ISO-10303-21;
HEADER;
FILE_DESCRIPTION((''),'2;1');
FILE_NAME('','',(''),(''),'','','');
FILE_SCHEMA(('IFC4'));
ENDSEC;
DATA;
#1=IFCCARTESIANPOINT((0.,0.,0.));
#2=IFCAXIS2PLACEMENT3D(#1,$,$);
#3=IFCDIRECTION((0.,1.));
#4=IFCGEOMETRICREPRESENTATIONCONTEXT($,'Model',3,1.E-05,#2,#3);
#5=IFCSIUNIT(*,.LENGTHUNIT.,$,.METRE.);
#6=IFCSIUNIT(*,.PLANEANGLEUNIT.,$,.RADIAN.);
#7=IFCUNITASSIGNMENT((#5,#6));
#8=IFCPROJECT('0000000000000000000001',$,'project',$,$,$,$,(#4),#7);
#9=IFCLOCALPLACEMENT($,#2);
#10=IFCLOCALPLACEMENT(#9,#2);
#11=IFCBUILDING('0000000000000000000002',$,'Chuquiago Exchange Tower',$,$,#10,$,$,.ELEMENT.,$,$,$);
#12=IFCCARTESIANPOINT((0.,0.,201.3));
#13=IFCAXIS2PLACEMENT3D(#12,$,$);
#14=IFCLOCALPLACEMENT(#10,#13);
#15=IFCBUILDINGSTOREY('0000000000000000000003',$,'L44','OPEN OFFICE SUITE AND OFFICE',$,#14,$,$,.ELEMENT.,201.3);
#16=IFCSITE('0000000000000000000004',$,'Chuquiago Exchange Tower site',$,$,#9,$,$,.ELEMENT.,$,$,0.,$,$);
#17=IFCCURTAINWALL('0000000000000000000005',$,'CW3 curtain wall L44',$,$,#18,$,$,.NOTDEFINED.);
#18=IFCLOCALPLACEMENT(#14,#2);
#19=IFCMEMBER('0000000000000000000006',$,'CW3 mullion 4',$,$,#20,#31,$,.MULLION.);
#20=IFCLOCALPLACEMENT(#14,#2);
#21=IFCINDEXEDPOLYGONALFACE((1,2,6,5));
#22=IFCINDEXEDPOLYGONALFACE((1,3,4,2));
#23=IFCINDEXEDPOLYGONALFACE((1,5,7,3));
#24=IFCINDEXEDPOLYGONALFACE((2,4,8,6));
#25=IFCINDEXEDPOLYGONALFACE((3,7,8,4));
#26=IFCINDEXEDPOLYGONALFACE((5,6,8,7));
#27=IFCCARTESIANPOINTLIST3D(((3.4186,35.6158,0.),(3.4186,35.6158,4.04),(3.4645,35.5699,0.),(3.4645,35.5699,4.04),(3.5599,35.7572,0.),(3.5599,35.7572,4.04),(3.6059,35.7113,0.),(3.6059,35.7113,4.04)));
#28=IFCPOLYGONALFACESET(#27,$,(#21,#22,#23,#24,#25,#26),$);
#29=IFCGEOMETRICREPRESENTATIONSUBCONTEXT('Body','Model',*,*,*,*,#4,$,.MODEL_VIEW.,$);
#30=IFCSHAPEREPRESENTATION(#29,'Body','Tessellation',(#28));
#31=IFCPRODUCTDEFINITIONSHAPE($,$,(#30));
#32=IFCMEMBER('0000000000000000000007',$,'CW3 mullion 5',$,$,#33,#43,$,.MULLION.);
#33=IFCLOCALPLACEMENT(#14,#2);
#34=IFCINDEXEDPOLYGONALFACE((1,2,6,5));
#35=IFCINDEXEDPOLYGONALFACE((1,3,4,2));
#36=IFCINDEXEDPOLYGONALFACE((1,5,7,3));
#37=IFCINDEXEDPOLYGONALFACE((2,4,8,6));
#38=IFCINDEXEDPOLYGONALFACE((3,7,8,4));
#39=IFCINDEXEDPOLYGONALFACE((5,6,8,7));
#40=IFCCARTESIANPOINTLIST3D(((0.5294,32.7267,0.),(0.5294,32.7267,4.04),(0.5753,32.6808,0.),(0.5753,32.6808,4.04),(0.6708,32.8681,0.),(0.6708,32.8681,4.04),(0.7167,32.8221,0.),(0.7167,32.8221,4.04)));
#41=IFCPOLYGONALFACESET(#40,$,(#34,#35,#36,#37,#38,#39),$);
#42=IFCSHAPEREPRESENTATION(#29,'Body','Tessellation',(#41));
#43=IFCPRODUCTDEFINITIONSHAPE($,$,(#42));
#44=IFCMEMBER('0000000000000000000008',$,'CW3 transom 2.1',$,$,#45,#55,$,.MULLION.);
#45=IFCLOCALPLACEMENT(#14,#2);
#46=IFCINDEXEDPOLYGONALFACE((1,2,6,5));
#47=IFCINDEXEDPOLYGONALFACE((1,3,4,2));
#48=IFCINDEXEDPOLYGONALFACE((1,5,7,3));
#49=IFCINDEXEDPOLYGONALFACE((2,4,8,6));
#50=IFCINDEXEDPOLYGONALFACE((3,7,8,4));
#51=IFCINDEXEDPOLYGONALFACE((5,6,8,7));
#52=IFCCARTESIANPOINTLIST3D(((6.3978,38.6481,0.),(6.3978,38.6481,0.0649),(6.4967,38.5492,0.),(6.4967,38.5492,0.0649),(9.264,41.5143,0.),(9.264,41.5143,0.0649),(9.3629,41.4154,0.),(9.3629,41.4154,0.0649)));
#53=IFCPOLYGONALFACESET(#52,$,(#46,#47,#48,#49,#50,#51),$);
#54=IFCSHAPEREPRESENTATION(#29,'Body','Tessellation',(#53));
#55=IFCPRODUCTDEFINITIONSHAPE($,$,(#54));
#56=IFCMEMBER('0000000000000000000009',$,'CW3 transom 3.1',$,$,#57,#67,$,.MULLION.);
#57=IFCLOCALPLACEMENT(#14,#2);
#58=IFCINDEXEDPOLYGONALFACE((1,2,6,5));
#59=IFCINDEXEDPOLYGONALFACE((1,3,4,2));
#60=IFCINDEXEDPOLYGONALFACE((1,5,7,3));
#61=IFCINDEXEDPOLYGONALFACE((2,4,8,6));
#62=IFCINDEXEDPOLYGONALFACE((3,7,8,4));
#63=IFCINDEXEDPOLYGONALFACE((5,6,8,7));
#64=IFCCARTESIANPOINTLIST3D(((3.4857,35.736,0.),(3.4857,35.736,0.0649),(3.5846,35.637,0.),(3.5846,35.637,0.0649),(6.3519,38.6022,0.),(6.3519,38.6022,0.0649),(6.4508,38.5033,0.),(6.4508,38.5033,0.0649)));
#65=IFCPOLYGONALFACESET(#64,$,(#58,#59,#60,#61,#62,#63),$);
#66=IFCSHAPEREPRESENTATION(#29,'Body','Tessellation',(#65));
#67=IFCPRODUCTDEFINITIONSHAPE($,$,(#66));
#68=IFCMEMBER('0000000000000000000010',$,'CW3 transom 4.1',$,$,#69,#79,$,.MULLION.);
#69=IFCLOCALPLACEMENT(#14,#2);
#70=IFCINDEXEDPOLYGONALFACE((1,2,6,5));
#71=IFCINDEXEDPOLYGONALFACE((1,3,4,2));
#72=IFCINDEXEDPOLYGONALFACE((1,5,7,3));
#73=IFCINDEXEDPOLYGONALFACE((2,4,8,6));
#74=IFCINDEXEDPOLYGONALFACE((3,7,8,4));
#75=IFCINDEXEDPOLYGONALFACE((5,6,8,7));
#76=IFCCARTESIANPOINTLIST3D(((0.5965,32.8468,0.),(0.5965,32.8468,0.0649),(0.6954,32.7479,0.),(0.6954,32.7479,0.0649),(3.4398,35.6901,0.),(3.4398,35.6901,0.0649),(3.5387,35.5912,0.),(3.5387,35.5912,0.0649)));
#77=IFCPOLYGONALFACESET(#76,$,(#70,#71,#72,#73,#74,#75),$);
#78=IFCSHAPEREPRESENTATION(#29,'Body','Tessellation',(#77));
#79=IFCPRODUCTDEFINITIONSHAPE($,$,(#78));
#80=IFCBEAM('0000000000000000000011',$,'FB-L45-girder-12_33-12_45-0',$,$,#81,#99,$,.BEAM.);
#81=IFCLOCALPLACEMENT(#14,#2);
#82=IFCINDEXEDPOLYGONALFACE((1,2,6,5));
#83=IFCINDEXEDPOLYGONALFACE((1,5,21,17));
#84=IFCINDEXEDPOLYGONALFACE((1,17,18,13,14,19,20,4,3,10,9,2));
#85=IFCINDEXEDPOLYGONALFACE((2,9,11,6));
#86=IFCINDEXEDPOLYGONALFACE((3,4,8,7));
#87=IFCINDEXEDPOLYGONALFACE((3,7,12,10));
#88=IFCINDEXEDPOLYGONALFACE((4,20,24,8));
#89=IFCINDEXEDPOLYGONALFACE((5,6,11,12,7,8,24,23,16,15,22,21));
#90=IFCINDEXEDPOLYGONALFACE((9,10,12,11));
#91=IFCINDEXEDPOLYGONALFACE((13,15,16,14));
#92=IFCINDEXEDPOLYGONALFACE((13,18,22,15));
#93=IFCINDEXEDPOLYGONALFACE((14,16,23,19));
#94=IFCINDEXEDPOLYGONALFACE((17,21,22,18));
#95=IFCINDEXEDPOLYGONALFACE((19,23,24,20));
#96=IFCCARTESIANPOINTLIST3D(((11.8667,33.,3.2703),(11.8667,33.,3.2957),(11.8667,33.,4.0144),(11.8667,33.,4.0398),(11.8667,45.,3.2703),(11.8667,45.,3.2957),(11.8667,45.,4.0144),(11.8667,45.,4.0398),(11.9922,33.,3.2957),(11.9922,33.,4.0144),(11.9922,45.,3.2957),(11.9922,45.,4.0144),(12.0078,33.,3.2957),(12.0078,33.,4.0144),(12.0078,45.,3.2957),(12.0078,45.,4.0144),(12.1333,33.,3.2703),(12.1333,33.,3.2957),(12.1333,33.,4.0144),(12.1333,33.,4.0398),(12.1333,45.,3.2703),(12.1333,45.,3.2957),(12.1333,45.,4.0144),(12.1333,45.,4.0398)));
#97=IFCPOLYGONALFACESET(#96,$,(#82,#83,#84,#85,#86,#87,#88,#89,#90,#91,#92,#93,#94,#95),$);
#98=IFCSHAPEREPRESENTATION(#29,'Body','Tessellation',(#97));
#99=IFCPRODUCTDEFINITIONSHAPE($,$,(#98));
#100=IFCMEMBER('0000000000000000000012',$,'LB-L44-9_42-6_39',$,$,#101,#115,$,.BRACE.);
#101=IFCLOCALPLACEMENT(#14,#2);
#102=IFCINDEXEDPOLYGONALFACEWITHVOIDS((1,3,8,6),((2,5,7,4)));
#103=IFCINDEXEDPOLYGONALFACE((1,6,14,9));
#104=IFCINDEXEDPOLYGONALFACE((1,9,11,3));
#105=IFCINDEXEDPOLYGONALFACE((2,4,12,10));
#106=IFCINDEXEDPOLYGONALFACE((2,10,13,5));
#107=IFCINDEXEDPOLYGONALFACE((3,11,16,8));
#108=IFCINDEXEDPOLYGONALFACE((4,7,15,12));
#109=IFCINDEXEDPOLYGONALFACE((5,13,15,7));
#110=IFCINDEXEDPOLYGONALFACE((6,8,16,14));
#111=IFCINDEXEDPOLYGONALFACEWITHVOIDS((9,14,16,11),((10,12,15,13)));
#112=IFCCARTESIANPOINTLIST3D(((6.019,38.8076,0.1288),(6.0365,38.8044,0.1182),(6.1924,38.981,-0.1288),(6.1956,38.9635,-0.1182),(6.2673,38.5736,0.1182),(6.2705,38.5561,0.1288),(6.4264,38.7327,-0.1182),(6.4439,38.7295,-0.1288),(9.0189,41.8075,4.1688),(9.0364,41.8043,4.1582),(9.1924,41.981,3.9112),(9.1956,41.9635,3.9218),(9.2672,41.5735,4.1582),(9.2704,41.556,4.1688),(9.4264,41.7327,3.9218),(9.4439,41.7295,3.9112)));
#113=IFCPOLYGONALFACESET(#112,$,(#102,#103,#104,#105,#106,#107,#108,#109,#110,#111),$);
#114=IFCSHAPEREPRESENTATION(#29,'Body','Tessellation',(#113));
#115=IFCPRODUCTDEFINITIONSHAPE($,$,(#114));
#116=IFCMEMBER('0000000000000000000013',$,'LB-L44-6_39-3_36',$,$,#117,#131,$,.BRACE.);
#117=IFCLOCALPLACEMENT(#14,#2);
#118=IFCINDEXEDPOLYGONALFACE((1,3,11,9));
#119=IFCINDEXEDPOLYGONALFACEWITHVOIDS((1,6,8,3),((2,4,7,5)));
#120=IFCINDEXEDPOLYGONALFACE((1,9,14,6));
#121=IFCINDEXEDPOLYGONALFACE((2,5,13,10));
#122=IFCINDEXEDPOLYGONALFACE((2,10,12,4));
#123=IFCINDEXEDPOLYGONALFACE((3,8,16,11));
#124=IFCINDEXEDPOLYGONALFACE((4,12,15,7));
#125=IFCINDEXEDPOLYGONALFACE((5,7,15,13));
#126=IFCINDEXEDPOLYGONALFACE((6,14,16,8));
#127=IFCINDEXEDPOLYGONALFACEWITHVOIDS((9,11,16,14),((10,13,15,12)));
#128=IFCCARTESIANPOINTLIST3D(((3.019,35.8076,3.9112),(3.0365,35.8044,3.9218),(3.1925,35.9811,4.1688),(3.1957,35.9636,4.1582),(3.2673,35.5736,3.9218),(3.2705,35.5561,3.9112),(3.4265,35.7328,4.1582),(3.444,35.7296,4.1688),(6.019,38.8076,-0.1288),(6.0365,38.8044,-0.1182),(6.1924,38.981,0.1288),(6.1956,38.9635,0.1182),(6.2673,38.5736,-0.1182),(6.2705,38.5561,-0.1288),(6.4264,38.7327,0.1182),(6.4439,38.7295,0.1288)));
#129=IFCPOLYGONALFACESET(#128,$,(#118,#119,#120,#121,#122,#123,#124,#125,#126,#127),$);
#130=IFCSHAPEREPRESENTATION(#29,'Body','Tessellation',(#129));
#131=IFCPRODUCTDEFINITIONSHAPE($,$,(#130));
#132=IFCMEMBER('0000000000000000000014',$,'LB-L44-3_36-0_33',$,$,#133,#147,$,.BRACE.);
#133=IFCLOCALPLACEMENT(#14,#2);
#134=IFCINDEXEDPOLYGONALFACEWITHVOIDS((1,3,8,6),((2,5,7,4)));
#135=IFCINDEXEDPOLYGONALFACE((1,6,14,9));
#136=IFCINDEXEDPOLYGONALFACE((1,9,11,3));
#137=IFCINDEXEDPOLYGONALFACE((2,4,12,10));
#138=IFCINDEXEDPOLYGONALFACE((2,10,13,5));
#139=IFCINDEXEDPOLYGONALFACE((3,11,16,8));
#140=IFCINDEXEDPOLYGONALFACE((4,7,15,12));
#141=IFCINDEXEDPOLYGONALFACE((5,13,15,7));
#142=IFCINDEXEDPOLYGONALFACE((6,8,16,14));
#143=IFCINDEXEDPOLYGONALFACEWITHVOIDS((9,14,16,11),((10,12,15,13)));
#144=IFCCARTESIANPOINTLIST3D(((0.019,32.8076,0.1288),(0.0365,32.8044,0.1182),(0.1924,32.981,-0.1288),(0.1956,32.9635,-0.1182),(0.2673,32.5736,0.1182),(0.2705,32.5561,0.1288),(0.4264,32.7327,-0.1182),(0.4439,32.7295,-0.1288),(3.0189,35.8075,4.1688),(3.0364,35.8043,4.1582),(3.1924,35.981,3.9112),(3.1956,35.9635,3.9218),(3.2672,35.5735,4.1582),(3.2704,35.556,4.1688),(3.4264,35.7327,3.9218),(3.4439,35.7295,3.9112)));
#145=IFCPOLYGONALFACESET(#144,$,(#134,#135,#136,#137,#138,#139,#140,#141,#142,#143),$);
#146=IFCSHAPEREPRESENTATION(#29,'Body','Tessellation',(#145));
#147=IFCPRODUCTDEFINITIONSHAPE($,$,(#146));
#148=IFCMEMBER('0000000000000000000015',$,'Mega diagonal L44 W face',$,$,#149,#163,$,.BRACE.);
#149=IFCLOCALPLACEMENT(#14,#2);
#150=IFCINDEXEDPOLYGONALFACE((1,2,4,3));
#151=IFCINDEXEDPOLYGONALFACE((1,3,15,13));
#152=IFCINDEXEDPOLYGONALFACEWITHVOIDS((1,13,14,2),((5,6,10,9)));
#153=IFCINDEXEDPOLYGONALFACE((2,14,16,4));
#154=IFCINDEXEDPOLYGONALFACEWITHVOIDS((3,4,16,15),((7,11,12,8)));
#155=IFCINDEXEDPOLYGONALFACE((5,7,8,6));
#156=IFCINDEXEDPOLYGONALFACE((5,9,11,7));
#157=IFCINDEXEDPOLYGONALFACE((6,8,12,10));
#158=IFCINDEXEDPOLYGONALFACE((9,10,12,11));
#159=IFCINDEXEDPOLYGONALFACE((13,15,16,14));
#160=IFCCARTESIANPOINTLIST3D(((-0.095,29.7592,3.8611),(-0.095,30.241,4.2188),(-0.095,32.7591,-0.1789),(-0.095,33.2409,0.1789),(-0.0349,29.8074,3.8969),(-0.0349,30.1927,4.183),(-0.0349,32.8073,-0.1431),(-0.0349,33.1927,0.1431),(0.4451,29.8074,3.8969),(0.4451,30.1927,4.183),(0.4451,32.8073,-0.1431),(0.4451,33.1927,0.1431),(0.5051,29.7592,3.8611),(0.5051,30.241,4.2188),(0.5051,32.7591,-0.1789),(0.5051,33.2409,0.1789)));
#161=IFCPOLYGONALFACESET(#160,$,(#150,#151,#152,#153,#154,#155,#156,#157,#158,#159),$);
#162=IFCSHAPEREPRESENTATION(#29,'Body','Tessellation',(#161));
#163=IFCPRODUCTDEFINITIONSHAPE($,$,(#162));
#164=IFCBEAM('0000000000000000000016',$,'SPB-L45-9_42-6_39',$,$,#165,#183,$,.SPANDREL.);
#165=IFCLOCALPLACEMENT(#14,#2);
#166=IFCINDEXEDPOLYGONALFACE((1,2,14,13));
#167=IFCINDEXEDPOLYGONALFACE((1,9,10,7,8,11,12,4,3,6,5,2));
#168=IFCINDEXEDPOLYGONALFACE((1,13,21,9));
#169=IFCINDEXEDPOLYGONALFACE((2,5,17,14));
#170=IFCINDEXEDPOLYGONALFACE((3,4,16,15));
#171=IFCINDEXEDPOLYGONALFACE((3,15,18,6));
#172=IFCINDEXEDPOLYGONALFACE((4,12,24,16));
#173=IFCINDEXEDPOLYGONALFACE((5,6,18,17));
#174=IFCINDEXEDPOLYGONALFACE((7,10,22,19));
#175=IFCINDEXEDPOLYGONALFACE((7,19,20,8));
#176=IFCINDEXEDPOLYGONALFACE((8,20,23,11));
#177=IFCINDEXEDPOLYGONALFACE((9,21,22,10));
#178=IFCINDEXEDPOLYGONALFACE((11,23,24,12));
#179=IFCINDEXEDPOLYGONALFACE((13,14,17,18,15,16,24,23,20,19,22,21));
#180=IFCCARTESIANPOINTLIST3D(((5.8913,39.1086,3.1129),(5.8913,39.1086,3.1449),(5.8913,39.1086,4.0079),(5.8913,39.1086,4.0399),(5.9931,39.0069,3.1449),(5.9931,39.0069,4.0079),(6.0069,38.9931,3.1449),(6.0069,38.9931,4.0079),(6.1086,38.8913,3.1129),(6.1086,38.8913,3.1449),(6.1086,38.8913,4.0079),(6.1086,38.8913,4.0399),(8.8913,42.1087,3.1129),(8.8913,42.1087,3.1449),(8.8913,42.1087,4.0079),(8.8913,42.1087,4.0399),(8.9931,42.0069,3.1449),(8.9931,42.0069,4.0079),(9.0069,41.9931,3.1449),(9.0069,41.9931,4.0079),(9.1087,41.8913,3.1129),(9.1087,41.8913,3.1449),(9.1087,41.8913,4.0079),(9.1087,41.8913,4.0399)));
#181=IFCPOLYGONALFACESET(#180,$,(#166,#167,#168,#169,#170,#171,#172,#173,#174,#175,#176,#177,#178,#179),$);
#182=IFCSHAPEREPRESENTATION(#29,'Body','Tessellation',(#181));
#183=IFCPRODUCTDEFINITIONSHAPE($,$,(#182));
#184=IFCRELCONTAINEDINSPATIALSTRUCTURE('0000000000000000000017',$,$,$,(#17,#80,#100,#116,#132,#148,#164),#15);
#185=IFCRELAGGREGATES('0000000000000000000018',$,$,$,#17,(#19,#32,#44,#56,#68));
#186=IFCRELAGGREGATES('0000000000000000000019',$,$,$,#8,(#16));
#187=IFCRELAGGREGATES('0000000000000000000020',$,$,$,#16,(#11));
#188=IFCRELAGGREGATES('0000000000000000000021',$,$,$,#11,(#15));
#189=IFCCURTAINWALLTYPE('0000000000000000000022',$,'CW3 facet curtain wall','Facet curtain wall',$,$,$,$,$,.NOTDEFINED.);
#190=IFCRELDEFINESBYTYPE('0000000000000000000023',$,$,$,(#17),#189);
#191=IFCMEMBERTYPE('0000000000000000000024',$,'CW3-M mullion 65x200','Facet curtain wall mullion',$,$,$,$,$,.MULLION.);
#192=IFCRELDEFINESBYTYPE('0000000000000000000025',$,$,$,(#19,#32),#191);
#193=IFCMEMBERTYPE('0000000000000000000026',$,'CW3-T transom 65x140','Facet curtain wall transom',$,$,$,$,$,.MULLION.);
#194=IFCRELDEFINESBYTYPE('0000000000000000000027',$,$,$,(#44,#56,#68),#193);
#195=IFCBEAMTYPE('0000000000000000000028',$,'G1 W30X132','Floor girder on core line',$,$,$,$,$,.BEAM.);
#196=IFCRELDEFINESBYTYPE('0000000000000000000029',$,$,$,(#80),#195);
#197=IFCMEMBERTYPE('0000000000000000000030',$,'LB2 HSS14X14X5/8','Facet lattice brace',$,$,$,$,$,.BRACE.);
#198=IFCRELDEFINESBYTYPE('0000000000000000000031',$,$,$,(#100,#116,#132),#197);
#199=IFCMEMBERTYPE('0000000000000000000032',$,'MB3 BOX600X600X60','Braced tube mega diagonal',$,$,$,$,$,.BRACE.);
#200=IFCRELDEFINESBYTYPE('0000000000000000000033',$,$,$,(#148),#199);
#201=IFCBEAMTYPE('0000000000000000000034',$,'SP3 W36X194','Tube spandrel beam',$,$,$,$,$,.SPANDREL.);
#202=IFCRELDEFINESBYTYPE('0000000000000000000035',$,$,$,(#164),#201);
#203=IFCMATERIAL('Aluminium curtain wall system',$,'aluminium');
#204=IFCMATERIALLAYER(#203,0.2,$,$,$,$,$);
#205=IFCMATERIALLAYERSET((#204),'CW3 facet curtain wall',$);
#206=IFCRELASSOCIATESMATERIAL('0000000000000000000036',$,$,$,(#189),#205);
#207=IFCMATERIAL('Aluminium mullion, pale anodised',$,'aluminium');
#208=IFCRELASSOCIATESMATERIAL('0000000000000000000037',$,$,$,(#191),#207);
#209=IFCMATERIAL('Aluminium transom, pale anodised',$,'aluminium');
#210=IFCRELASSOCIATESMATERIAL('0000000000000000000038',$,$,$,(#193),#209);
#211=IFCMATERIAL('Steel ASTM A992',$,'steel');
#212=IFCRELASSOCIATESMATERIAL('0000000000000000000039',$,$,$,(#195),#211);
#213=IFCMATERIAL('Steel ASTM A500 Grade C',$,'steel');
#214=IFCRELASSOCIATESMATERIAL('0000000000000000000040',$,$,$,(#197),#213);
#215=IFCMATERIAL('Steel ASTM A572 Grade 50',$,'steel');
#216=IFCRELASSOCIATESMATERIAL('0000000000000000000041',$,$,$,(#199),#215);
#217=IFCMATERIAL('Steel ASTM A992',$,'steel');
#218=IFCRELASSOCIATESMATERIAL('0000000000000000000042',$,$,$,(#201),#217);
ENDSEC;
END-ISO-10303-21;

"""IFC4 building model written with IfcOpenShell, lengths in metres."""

from ifc_helpers import new_model, si_unit, direction, frame, origin, origin_2d, place, context, subcontext, project, spatial, rectangle, hollow_rectangle, i_section, extrude, material, layer, layer_set, material_profile, profile_set, type_object, element, aggregate, save


model = new_model("IFC4")

# Units and contexts
model_context = context("Model", 3, precision=1e-05, world=origin(), true_north=direction((0.0, 1.0)))
body_context = subcontext(model_context, "Body", "Model", "MODEL_VIEW")
ifc_project = project(units=[si_unit("LENGTHUNIT", "METRE"), si_unit("PLANEANGLEUNIT", "RADIAN")], contexts=[model_context])

# Site, building, storey
site_placement = place(None, origin())
site = spatial("IfcSite", under=ifc_project, at=site_placement, Name="Chuquiago Exchange Tower site", CompositionType="ELEMENT", RefElevation=0.0)
building_placement = place(site_placement, origin())
building = spatial("IfcBuilding", under=site, at=building_placement, Name="Chuquiago Exchange Tower", CompositionType="ELEMENT")
storey_placement = place(building_placement, frame((0.0, 0.0, 201.3)))
storey = spatial("IfcBuildingStorey", under=building, at=storey_placement, Name="L44", Description="OPEN OFFICE SUITE AND OFFICE", CompositionType="ELEMENT", Elevation=201.3)

# Curtain wall, members
ifc_material_1 = material(Name="Aluminium curtain wall system", Category="aluminium")
ifc_layer_1 = layer(ifc_material_1, 0.2)
ifc_layer_set_1 = layer_set([ifc_layer_1], Name="CW3 facet curtain wall")
curtain_wall_type_1 = type_object("IfcCurtainWallType", Name="CW3 facet curtain wall", Description="Facet curtain wall", PredefinedType="NOTDEFINED", material=ifc_layer_set_1)
curtain_wall_1_placement = place(storey_placement, origin())
curtain_wall_1 = element("IfcCurtainWall", 1, at=curtain_wall_1_placement, inside=storey, type_object=curtain_wall_type_1, Name="CW3 curtain wall L44", PredefinedType="NOTDEFINED")
ifc_material_2 = material(Name="Aluminium mullion, pale anodised", Category="aluminium")
ifc_material_profile_1 = material_profile(ifc_material_2, rectangle(XDim=0.0649, YDim=0.2, at=origin_2d()), Name="AL 65x200")
ifc_profile_set_1 = profile_set([ifc_material_profile_1], Name="Aluminium mullion, pale anodised")
member_type_1 = type_object("IfcMemberType", Name="CW3-M mullion 65x200", Description="Facet curtain wall mullion", PredefinedType="MULLION", material=ifc_profile_set_1)
member_1_placement = place(storey_placement, frame((3.5122, 35.6636, 0.0), z_axis=(0.0, 0.0, 1.0), x_axis=(0.707107, -0.707107, 0.0)))
member_1 = element("IfcMember", 2, at=member_1_placement, type_object=member_type_1, Name="CW3 mullion 4", PredefinedType="MULLION", context=body_context, shape_type="SweptSolid", body=[
    extrude(rectangle(XDim=0.0649, YDim=0.2, at=origin_2d()), origin(), (0.0, 0.0, 1.0), 4.04),
])
member_2_placement = place(storey_placement, frame((0.623, 32.7744, 0.0), z_axis=(0.0, 0.0, 1.0), x_axis=(0.707107, -0.707107, 0.0)))
member_2 = element("IfcMember", 3, at=member_2_placement, type_object=member_type_1, Name="CW3 mullion 5", PredefinedType="MULLION", context=body_context, shape_type="SweptSolid", body=[
    extrude(rectangle(XDim=0.0649, YDim=0.2, at=origin_2d()), origin(), (0.0, 0.0, 1.0), 4.04),
])
ifc_material_3 = material(Name="Aluminium transom, pale anodised", Category="aluminium")
ifc_material_profile_2 = material_profile(ifc_material_3, rectangle(XDim=0.1399, YDim=0.0649, at=origin_2d()), Name="AL 140x65")
ifc_profile_set_2 = profile_set([ifc_material_profile_2], Name="Aluminium transom, pale anodised")
member_type_2 = type_object("IfcMemberType", Name="CW3-T transom 65x140", Description="Facet curtain wall transom", PredefinedType="MULLION", material=ifc_profile_set_2)
member_3_placement = place(storey_placement, frame((9.3135, 41.4648, 0.0325), z_axis=(-0.707107, -0.707107, 0.0), x_axis=(0.707107, -0.707107, 0.0)))
member_3 = element("IfcMember", 4, at=member_3_placement, type_object=member_type_2, Name="CW3 transom 2.1", PredefinedType="MULLION", context=body_context, shape_type="SweptSolid", body=[
    extrude(rectangle(XDim=0.1399, YDim=0.0649, at=origin_2d()), origin(), (0.0, 0.0, 1.0), 4.0535),
])
member_4_placement = place(storey_placement, frame((6.4014, 38.5527, 0.0325), z_axis=(-0.707107, -0.707107, 0.0), x_axis=(0.707107, -0.707107, 0.0)))
member_4 = element("IfcMember", 5, at=member_4_placement, type_object=member_type_2, Name="CW3 transom 3.1", PredefinedType="MULLION", context=body_context, shape_type="SweptSolid", body=[
    extrude(rectangle(XDim=0.1399, YDim=0.0649, at=origin_2d()), origin(), (0.0, 0.0, 1.0), 4.0535),
])
member_5_placement = place(storey_placement, frame((3.4893, 35.6406, 0.0325), z_axis=(-0.707107, -0.707107, 0.0), x_axis=(0.707107, -0.707107, 0.0)))
member_5 = element("IfcMember", 6, at=member_5_placement, type_object=member_type_2, Name="CW3 transom 4.1", PredefinedType="MULLION", context=body_context, shape_type="SweptSolid", body=[
    extrude(rectangle(XDim=0.1399, YDim=0.0649, at=origin_2d()), origin(), (0.0, 0.0, 1.0), 4.021),
])

# Beam
ifc_material_4 = material(Name="Steel ASTM A992", Category="steel")
ifc_material_profile_3 = material_profile(ifc_material_4, i_section(OverallWidth=0.2666, OverallDepth=0.7695, WebThickness=0.0156, FlangeThickness=0.0254, at=origin_2d()), Name="W30X132")
ifc_profile_set_3 = profile_set([ifc_material_profile_3], Name="Steel ASTM A992")
beam_type_1 = type_object("IfcBeamType", Name="G1 W30X132", Description="Floor girder on core line", PredefinedType="BEAM", material=ifc_profile_set_3)
beam_1_placement = place(storey_placement, frame((12.0, 33.0, 3.655), z_axis=(0.0, 1.0, 0.0), x_axis=(-1.0, 0.0, 0.0)))
element("IfcBeam", 7, at=beam_1_placement, inside=storey, type_object=beam_type_1, Name="FB-L45-girder-12_33-12_45-0", PredefinedType="BEAM", context=body_context, shape_type="SweptSolid", body=[
    extrude(i_section(OverallWidth=0.2666, OverallDepth=0.7695, WebThickness=0.0156, FlangeThickness=0.0254, at=origin_2d()), origin(), (0.0, 0.0, 1.0), 12.0),
])

# Members
ifc_material_5 = material(Name="Steel ASTM A500 Grade C", Category="steel")
ifc_material_profile_4 = material_profile(ifc_material_5, hollow_rectangle(XDim=0.3557, YDim=0.3557, WallThickness=0.0146, at=origin_2d()), Name="HSS14X14X5/8")
ifc_profile_set_4 = profile_set([ifc_material_profile_4], Name="Steel ASTM A500 Grade C")
member_type_3 = type_object("IfcMemberType", Name="LB2 HSS14X14X5/8", Description="Facet lattice brace", PredefinedType="BRACE", material=ifc_profile_set_4)
for number, where, z_axis, x_axis, name in (
    (8, (6.2314, 38.7686, 0.0), (0.512077, 0.512077, 0.689604), (-0.707107, 0.707107, 0.0), "LB-L44-9_42-6_39"),
    (9, (6.2314, 38.7686, 0.0), (-0.512077, -0.512077, 0.689604), (0.707107, -0.707107, 0.0), "LB-L44-6_39-3_36"),
    (10, (0.2314, 32.7686, 0.0), (0.512077, 0.512077, 0.689604), (-0.707107, 0.707107, 0.0), "LB-L44-3_36-0_33"),
):
    element("IfcMember", number, at=place(storey_placement, frame(where, z_axis=z_axis, x_axis=x_axis)), inside=storey, type_object=member_type_3, Name=name, PredefinedType="BRACE", context=body_context, shape_type="SweptSolid", body=[
        extrude(hollow_rectangle(XDim=0.3557, YDim=0.3557, WallThickness=0.0146, at=origin_2d()), origin(), (0.0, 0.0, 1.0), 5.8584),
    ])
ifc_material_6 = material(Name="Steel ASTM A572 Grade 50", Category="steel")
ifc_material_profile_5 = material_profile(ifc_material_6, hollow_rectangle(XDim=0.6001, YDim=0.6001, WallThickness=0.0601, at=origin_2d()), Name="BOX600X600X60")
ifc_profile_set_5 = profile_set([ifc_material_profile_5], Name="Steel ASTM A572 Grade 50")
member_type_4 = type_object("IfcMemberType", Name="MB3 BOX600X600X60", Description="Braced tube mega diagonal", PredefinedType="BRACE", material=ifc_profile_set_5)
member_6_placement = place(storey_placement, frame((0.2051, 33.0, 0.0), z_axis=(0.0, -0.596174, 0.802855), x_axis=(1.0, 0.0, 0.0)))
element("IfcMember", 11, at=member_6_placement, inside=storey, type_object=member_type_4, Name="Mega diagonal L44 W face", PredefinedType="BRACE", context=body_context, shape_type="SweptSolid", body=[
    extrude(hollow_rectangle(XDim=0.6001, YDim=0.6001, WallThickness=0.0601, at=origin_2d()), origin(), (0.0, 0.0, 1.0), 5.032),
])

# Beam
ifc_material_7 = material(Name="Steel ASTM A992", Category="steel")
ifc_material_profile_6 = material_profile(ifc_material_7, i_section(OverallWidth=0.3074, OverallDepth=0.927, WebThickness=0.0195, FlangeThickness=0.032, at=origin_2d()), Name="W36X194")
ifc_profile_set_6 = profile_set([ifc_material_profile_6], Name="Steel ASTM A992")
beam_type_2 = type_object("IfcBeamType", Name="SP3 W36X194", Description="Tube spandrel beam", PredefinedType="SPANDREL", material=ifc_profile_set_6)
for number, where, z_axis, x_axis, name in (
    (12, (9.0, 42.0, 3.5764), (-0.707107, -0.707107, 0.0), (0.707107, -0.707107, 0.0), "SPB-L45-9_42-6_39"),
):
    element("IfcBeam", number, at=place(storey_placement, frame(where, z_axis=z_axis, x_axis=x_axis)), inside=storey, type_object=beam_type_2, Name=name, PredefinedType="SPANDREL", context=body_context, shape_type="SweptSolid", body=[
        extrude(i_section(OverallWidth=0.3074, OverallDepth=0.927, WebThickness=0.0195, FlangeThickness=0.032, at=origin_2d()), origin(), (0.0, 0.0, 1.0), 4.2427),
    ])

aggregate(curtain_wall_1, [member_1, member_2, member_3, member_4, member_5])

save(model, "model.ifc")
